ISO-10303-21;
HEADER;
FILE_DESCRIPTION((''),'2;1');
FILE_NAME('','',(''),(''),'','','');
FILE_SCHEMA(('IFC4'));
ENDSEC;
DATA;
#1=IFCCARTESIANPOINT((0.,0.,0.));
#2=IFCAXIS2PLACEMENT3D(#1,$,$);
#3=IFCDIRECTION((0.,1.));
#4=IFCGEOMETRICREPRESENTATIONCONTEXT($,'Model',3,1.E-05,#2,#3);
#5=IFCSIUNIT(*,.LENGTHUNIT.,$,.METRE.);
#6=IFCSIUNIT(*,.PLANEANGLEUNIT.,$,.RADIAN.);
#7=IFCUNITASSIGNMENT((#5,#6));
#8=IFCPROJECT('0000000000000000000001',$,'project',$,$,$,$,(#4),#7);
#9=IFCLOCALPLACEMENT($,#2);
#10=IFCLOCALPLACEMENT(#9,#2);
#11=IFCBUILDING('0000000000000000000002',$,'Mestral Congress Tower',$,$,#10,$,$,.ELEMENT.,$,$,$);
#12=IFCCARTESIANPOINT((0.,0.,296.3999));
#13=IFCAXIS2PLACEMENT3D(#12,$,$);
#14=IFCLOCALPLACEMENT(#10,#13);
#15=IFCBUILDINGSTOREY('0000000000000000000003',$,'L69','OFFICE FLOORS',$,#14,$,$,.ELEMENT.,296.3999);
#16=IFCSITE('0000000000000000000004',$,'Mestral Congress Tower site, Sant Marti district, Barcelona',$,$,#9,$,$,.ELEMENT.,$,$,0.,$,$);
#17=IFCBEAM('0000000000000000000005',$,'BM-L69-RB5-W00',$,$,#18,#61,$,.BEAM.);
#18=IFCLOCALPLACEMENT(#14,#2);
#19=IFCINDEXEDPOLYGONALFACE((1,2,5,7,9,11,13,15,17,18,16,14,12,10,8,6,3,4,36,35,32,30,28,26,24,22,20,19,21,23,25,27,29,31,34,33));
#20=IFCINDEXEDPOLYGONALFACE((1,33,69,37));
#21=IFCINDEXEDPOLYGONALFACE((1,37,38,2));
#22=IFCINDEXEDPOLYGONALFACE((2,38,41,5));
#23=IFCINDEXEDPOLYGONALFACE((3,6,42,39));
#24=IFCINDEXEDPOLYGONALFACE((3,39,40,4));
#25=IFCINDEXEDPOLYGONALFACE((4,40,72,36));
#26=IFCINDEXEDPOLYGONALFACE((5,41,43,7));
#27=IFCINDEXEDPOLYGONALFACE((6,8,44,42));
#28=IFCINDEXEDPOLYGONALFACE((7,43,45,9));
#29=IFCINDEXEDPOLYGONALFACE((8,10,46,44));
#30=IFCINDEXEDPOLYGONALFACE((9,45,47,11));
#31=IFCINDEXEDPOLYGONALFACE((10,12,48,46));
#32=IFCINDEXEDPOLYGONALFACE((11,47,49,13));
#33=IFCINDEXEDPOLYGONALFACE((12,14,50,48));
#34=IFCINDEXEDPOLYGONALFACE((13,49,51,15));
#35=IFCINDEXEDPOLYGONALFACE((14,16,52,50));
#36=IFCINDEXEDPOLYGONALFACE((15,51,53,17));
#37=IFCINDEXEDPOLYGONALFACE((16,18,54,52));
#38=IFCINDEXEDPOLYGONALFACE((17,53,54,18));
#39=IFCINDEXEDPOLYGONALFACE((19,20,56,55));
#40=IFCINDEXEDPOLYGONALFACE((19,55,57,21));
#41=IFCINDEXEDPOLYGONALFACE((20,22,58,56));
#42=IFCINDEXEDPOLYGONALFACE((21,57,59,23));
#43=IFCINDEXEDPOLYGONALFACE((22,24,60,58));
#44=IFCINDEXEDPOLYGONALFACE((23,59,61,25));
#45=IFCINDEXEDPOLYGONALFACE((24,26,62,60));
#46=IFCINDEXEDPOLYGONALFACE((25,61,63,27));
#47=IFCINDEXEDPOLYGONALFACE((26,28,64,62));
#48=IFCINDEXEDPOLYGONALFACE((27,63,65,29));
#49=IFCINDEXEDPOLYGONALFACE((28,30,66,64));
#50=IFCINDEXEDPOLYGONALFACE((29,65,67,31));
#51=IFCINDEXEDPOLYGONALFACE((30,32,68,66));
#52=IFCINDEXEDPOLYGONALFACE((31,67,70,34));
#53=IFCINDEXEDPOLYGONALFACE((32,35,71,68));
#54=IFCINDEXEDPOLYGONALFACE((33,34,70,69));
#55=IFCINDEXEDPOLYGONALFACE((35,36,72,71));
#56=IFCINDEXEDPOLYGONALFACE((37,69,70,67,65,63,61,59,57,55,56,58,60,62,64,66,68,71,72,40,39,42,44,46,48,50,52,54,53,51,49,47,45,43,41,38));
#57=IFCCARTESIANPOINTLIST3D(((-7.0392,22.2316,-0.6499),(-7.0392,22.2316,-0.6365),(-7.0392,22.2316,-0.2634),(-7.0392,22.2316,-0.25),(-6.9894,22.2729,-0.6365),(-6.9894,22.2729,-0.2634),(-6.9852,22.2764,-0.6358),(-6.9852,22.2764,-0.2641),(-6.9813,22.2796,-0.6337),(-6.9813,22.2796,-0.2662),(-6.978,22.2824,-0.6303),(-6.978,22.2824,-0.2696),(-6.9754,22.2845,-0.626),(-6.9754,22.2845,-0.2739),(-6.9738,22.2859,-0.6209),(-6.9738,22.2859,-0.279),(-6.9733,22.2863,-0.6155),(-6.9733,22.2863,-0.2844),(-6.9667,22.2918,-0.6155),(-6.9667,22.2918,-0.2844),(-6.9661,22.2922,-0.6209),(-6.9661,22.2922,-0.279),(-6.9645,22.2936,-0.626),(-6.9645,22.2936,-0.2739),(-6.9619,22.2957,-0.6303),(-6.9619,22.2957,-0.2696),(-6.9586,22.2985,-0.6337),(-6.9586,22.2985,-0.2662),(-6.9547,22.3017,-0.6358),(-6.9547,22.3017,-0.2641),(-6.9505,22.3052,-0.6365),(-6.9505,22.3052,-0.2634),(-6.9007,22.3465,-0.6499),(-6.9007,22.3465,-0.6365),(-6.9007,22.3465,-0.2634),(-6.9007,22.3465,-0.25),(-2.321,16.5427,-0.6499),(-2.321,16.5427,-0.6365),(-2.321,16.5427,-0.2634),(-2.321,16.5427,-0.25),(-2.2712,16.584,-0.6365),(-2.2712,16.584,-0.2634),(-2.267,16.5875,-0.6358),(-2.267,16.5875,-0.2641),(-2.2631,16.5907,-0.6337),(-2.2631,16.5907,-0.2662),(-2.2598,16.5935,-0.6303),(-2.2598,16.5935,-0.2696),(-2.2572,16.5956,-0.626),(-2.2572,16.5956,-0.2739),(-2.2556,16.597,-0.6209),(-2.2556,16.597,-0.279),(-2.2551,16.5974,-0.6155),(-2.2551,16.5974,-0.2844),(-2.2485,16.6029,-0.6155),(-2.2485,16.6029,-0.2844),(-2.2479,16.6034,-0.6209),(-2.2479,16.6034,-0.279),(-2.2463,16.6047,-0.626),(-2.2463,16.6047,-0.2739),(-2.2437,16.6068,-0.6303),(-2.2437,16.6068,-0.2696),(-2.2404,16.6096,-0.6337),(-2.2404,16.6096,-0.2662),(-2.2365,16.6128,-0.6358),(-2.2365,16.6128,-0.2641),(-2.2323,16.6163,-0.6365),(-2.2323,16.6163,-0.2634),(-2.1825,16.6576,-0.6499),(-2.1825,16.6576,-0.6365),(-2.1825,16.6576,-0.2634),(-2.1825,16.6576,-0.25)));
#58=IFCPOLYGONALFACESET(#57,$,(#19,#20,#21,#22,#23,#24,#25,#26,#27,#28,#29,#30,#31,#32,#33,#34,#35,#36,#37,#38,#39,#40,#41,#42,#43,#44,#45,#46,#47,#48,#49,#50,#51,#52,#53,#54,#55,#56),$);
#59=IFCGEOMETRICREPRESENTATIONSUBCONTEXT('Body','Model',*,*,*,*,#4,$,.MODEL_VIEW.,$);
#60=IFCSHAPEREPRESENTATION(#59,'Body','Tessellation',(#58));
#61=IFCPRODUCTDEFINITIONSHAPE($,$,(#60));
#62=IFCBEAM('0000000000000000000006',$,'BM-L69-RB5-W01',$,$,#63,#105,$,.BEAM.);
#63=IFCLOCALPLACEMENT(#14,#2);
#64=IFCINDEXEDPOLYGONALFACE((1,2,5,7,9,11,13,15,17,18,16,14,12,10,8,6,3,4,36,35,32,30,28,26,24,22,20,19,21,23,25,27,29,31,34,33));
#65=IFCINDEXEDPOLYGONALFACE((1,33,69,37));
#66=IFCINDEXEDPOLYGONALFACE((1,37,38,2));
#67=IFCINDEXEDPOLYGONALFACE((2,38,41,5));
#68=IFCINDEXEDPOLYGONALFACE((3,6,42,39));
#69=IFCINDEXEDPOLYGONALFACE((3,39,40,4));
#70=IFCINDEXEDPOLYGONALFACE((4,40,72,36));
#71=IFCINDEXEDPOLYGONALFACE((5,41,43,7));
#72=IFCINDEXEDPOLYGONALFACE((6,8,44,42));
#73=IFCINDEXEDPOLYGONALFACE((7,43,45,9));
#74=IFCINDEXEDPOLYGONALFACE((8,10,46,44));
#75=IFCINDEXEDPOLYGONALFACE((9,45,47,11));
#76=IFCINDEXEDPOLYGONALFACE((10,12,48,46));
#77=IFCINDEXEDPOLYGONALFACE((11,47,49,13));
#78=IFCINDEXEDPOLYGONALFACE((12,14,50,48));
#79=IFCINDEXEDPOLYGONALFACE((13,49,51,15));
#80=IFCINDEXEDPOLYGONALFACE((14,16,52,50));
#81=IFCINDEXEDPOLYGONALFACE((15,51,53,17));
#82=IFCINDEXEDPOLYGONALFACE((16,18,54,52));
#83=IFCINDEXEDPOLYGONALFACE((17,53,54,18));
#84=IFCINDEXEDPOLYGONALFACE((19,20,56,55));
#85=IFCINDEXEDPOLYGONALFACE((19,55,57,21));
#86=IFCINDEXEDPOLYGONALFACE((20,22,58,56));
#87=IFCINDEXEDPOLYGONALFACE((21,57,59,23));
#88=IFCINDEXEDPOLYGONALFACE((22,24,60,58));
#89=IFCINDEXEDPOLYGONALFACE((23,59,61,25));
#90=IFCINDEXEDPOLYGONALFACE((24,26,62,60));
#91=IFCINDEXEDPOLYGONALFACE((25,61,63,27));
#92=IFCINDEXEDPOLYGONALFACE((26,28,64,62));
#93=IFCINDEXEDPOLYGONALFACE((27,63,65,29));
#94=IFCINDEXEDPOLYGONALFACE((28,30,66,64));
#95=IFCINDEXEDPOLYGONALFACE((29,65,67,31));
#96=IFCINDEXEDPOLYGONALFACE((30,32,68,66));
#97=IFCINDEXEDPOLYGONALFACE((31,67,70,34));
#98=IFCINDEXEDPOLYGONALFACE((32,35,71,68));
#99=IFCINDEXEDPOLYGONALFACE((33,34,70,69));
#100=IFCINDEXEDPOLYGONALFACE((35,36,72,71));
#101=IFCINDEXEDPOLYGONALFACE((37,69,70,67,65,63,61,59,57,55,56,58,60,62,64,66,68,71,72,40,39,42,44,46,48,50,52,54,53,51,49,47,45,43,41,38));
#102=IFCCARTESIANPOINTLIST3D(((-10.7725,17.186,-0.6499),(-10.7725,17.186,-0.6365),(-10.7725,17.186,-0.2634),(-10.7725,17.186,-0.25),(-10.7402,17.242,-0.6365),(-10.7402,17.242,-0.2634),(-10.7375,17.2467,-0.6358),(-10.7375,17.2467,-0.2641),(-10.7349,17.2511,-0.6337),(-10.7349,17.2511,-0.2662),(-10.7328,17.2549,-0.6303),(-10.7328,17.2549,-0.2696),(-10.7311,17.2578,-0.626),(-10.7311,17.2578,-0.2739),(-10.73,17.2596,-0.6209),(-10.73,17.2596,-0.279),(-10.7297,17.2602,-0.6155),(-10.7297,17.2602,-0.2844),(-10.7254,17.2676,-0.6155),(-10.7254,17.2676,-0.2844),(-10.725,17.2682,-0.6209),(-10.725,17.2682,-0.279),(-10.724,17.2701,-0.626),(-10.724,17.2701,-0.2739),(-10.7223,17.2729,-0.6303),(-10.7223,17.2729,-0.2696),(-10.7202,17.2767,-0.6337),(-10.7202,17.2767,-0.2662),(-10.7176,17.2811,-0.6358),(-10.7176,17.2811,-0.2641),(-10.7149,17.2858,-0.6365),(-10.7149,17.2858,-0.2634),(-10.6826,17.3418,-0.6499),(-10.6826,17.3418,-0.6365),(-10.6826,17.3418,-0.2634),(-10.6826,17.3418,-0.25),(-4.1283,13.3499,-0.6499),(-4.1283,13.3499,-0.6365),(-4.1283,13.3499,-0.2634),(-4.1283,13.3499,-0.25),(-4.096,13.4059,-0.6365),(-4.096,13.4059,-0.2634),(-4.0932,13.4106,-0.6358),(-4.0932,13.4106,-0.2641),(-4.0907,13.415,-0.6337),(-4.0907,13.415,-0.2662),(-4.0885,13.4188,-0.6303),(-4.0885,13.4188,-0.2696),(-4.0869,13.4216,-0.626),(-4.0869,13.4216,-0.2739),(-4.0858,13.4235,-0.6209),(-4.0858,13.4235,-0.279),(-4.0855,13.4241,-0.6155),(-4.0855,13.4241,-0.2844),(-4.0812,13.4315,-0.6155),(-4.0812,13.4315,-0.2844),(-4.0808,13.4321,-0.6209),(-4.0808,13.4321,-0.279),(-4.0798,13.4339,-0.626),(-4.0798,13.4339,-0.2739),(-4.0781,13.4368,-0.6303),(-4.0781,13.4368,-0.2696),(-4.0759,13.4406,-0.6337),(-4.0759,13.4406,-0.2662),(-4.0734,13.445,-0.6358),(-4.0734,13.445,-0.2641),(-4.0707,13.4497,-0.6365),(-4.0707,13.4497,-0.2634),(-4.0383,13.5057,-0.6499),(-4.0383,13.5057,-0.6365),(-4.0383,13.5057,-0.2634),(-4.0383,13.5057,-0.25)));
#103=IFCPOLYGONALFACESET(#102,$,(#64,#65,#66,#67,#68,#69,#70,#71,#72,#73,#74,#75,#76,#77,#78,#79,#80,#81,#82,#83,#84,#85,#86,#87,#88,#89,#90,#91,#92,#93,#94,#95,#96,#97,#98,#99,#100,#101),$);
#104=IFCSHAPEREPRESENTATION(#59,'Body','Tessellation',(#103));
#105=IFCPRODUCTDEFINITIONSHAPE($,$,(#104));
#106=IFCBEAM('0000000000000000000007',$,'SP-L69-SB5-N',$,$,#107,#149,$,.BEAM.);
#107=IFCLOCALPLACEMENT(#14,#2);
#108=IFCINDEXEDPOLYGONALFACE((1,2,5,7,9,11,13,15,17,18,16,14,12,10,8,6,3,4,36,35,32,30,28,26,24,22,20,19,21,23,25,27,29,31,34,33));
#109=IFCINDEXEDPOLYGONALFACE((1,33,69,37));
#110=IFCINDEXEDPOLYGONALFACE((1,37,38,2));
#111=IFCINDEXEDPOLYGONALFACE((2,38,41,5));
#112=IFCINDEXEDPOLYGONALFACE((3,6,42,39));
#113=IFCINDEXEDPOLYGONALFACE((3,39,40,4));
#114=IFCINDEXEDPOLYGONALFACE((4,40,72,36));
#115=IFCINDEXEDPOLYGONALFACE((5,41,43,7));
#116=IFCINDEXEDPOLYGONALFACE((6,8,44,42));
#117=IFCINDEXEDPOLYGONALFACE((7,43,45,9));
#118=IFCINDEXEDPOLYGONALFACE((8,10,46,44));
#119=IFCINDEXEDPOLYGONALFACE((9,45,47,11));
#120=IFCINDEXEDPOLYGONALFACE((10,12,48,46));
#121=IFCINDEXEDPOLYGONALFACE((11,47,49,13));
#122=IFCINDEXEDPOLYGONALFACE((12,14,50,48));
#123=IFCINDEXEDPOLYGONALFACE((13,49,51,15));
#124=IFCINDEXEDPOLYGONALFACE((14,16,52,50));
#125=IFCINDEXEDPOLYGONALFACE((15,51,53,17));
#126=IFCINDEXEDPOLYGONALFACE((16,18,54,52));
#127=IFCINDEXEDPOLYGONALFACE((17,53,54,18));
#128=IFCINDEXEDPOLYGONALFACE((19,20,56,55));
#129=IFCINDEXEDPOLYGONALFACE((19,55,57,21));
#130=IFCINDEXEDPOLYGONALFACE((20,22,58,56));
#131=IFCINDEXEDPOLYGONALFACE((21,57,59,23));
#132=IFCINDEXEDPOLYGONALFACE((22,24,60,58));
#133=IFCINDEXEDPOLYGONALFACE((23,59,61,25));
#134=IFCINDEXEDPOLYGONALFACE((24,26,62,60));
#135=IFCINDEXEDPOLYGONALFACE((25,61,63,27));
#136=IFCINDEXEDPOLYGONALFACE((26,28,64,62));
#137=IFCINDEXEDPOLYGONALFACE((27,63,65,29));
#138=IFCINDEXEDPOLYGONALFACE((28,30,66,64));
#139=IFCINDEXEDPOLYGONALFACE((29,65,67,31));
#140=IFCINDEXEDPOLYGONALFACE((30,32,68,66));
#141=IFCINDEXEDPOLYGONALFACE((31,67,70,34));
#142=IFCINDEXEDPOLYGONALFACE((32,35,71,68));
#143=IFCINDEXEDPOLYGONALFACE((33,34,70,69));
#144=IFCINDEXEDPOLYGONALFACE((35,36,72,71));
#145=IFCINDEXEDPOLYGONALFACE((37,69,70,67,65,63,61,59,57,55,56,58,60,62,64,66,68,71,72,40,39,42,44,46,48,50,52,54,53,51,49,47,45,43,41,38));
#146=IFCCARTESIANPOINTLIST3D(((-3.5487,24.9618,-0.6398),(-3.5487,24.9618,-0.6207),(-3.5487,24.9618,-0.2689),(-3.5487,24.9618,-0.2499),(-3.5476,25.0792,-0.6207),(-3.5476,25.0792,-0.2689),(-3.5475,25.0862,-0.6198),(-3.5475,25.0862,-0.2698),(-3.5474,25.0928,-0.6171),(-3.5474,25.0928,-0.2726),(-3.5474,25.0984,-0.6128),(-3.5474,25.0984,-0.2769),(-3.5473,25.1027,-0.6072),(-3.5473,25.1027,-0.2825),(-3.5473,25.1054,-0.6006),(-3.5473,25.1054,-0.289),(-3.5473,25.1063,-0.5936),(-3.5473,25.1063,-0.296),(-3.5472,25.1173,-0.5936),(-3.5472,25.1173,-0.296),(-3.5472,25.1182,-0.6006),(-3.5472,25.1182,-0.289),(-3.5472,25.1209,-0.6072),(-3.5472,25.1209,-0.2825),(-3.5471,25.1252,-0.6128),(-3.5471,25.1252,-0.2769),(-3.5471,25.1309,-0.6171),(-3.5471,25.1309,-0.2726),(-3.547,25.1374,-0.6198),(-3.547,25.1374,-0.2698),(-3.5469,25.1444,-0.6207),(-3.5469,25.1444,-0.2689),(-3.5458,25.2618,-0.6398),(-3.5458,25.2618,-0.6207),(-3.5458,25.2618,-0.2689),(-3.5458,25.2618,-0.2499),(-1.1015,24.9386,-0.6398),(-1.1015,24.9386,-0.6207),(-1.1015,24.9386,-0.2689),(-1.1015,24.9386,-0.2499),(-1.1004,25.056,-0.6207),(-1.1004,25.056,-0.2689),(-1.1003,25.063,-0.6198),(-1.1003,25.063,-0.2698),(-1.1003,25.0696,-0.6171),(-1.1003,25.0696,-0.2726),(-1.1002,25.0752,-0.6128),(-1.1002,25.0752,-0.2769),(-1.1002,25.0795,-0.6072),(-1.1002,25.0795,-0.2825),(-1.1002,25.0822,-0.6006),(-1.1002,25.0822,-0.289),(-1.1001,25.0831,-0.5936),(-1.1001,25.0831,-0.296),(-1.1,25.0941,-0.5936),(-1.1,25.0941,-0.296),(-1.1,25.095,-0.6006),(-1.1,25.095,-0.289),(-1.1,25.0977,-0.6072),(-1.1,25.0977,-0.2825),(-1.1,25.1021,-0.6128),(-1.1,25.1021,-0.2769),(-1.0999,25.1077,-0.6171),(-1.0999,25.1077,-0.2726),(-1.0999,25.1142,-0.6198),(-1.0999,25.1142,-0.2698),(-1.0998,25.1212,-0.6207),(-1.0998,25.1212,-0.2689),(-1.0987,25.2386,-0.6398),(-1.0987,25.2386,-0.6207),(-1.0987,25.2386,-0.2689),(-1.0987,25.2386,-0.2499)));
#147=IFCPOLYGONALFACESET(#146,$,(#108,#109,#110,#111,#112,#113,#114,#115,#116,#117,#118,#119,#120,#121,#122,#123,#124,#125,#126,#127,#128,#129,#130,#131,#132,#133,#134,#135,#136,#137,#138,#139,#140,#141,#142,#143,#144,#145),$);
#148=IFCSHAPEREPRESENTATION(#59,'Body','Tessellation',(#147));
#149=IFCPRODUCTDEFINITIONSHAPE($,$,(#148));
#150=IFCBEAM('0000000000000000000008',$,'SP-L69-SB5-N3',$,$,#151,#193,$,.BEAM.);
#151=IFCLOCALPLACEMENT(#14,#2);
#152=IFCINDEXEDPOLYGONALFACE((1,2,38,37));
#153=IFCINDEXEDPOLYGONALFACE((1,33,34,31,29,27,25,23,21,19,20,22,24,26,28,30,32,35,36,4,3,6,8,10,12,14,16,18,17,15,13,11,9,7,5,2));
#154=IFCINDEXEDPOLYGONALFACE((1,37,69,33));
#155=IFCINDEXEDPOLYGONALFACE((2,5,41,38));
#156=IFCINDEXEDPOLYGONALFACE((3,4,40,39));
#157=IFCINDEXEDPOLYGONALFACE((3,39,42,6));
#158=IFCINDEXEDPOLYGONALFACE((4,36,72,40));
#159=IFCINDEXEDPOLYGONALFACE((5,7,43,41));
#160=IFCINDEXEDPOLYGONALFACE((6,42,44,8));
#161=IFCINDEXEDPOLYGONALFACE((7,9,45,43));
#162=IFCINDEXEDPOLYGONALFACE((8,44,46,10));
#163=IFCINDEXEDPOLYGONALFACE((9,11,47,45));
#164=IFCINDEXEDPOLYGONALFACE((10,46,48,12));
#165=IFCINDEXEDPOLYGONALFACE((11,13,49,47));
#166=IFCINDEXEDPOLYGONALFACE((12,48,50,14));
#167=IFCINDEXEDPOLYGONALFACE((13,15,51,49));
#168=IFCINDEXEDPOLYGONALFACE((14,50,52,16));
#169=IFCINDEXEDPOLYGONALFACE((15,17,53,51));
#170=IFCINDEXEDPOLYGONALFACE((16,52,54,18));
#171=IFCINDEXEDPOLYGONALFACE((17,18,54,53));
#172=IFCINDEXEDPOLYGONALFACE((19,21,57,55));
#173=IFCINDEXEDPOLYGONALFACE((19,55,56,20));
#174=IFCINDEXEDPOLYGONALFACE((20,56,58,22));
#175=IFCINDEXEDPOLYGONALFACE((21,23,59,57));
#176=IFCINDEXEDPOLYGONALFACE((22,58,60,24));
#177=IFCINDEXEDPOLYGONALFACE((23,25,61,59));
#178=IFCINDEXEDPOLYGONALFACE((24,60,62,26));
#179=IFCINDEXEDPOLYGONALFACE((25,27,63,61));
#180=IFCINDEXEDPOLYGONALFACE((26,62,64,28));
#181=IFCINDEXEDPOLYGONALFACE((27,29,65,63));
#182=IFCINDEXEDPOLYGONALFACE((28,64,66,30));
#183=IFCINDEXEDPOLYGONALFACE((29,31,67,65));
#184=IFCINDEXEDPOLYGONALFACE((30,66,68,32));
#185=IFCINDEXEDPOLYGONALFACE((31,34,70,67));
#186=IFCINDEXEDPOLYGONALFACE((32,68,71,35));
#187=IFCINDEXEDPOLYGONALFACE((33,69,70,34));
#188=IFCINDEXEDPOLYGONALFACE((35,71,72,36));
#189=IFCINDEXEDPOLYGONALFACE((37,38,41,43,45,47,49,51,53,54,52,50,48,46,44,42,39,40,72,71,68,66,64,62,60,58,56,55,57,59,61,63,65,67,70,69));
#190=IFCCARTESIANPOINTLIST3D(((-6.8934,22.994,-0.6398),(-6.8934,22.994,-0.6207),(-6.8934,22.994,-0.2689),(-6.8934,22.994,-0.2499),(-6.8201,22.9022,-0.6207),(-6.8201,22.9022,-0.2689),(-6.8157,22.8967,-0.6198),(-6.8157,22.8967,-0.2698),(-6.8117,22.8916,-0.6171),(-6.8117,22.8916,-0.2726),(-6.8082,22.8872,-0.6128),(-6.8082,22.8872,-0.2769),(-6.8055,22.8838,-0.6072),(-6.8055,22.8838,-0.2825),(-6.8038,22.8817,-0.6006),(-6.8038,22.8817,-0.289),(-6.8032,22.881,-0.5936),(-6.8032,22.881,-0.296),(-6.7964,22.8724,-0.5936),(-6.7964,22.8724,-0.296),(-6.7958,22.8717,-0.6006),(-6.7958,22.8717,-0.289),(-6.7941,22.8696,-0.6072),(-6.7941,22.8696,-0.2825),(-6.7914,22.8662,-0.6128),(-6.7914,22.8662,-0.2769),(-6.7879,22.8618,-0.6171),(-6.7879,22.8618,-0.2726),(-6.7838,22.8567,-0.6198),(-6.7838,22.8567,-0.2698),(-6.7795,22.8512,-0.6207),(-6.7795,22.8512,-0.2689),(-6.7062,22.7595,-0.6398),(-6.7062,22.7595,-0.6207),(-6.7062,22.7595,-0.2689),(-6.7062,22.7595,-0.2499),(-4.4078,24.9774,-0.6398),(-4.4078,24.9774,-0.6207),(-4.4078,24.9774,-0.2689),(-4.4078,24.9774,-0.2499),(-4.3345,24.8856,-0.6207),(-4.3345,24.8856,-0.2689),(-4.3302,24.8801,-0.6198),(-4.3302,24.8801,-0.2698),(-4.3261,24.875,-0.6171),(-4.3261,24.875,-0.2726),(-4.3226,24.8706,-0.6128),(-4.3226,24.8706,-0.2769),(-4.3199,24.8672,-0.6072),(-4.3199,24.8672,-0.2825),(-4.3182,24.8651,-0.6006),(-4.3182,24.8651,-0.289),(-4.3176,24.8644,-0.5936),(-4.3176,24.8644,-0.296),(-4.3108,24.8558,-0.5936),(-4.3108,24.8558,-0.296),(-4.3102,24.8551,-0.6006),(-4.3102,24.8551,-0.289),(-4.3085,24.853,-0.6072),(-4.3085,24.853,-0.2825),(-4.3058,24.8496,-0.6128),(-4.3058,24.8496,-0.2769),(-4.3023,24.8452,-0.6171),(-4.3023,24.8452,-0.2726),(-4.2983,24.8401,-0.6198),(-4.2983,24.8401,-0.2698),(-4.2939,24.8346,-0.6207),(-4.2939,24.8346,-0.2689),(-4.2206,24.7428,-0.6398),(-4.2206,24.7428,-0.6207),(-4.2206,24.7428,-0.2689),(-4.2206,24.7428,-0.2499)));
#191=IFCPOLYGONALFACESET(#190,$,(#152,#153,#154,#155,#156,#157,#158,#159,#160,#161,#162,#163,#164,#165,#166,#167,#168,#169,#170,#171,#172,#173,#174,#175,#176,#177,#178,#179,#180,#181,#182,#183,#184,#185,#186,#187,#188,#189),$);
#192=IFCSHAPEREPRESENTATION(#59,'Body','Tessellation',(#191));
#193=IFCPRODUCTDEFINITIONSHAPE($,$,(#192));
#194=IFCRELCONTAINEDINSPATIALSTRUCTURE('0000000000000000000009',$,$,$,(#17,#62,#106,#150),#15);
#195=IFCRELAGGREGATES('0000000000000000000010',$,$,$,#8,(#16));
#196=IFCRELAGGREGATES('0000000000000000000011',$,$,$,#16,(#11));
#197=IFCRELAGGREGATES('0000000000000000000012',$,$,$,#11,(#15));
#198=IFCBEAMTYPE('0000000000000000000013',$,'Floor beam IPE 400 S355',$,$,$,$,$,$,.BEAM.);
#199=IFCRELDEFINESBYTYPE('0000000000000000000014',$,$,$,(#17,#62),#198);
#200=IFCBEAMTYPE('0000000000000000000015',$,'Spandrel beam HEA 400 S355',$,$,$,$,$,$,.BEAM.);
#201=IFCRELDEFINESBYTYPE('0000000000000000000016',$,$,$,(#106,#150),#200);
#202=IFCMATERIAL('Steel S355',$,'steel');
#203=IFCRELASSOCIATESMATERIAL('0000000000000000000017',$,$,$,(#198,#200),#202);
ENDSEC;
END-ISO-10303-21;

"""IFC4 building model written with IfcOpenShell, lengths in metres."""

from ifc_helpers import new_model, si_unit, direction, frame, origin, origin_2d, place, context, subcontext, project, spatial, i_section, extrude, material, material_profile, profile_set, type_object, element, save


model = new_model("IFC4")

# Units and contexts
model_context = context("Model", 3, precision=1e-05, world=origin(), true_north=direction((0.0, 1.0)))
body_context = subcontext(model_context, "Body", "Model", "MODEL_VIEW")
ifc_project = project(units=[si_unit("LENGTHUNIT", "METRE"), si_unit("PLANEANGLEUNIT", "RADIAN")], contexts=[model_context])

# Site, building, storey
site_placement = place(None, origin())
site = spatial("IfcSite", under=ifc_project, at=site_placement, Name="Mestral Congress Tower site, Sant Marti district, Barcelona", CompositionType="ELEMENT", RefElevation=0.0)
building_placement = place(site_placement, origin())
building = spatial("IfcBuilding", under=site, at=building_placement, Name="Mestral Congress Tower", CompositionType="ELEMENT")
storey_placement = place(building_placement, frame((0.0, 0.0, 296.3999)))
storey = spatial("IfcBuildingStorey", under=building, at=storey_placement, Name="L69", Description="OFFICE FLOORS", CompositionType="ELEMENT", Elevation=296.3999)

# Beams
ifc_material_1 = material(Name="Steel S355", Category="steel")
ifc_material_profile_1 = material_profile(ifc_material_1, i_section(OverallWidth=0.1799, OverallDepth=0.3999, WebThickness=0.0085, FlangeThickness=0.0134, FilletRadius=0.021, at=origin_2d()), Name="IPE 400")
ifc_profile_set_1 = profile_set([ifc_material_profile_1], Name="Steel S355")
beam_type_1 = type_object("IfcBeamType", Name="Floor beam IPE 400 S355", PredefinedType="BEAM", material=ifc_profile_set_1)
beam_1_placement = place(storey_placement, frame((-6.97, 22.2891, -0.45), z_axis=(0.638383, -0.769719, 0.0), x_axis=(0.769719, 0.638383, 0.0)))
element("IfcBeam", 1, at=beam_1_placement, inside=storey, type_object=beam_type_1, Name="BM-L69-RB5-W00", PredefinedType="BEAM", context=body_context, shape_type="SweptSolid", body=[
    extrude(i_section(OverallWidth=0.1799, OverallDepth=0.3999, WebThickness=0.0085, FlangeThickness=0.0134, FilletRadius=0.021, at=origin_2d()), origin(), (0.0, 0.0, 1.0), 7.3909),
])
beam_2_placement = place(storey_placement, frame((-10.7275, 17.2639, -0.45), z_axis=(0.86602, -0.50001, 0.0), x_axis=(0.50001, 0.86602, 0.0)))
element("IfcBeam", 2, at=beam_2_placement, inside=storey, type_object=beam_type_1, Name="BM-L69-RB5-W01", PredefinedType="BEAM", context=body_context, shape_type="SweptSolid", body=[
    extrude(i_section(OverallWidth=0.1799, OverallDepth=0.3999, WebThickness=0.0085, FlangeThickness=0.0134, FilletRadius=0.021, at=origin_2d()), origin(), (0.0, 0.0, 1.0), 7.6721),
])
ifc_material_profile_2 = material_profile(ifc_material_1, i_section(OverallWidth=0.3, OverallDepth=0.3899, WebThickness=0.011, FlangeThickness=0.019, FilletRadius=0.0271, at=origin_2d()), Name="HEA 400")
ifc_profile_set_2 = profile_set([ifc_material_profile_2], Name="Steel S355")
beam_type_2 = type_object("IfcBeamType", Name="Spandrel beam HEA 400 S355", PredefinedType="BEAM", material=ifc_profile_set_2)
beam_3_placement = place(storey_placement, frame((-1.1001, 25.0886, -0.4448), z_axis=(-0.999955, 0.009477, 0.0), x_axis=(-0.009477, -0.999955, 0.0)))
element("IfcBeam", 3, at=beam_3_placement, inside=storey, type_object=beam_type_2, Name="SP-L69-SB5-N", PredefinedType="BEAM", context=body_context, shape_type="SweptSolid", body=[
    extrude(i_section(OverallWidth=0.3, OverallDepth=0.3899, WebThickness=0.011, FlangeThickness=0.019, FilletRadius=0.0271, at=origin_2d()), origin(), (0.0, 0.0, 1.0), 2.4473),
])
beam_4_placement = place(storey_placement, frame((-4.3142, 24.8601, -0.4448), z_axis=(-0.781647, -0.623721, 0.0), x_axis=(0.623721, -0.781647, 0.0)))
element("IfcBeam", 4, at=beam_4_placement, inside=storey, type_object=beam_type_2, Name="SP-L69-SB5-N3", PredefinedType="BEAM", context=body_context, shape_type="SweptSolid", body=[
    extrude(i_section(OverallWidth=0.3, OverallDepth=0.3899, WebThickness=0.011, FlangeThickness=0.019, FilletRadius=0.0271, at=origin_2d()), origin(), (0.0, 0.0, 1.0), 3.1799),
])

save(model, "model.ifc")
